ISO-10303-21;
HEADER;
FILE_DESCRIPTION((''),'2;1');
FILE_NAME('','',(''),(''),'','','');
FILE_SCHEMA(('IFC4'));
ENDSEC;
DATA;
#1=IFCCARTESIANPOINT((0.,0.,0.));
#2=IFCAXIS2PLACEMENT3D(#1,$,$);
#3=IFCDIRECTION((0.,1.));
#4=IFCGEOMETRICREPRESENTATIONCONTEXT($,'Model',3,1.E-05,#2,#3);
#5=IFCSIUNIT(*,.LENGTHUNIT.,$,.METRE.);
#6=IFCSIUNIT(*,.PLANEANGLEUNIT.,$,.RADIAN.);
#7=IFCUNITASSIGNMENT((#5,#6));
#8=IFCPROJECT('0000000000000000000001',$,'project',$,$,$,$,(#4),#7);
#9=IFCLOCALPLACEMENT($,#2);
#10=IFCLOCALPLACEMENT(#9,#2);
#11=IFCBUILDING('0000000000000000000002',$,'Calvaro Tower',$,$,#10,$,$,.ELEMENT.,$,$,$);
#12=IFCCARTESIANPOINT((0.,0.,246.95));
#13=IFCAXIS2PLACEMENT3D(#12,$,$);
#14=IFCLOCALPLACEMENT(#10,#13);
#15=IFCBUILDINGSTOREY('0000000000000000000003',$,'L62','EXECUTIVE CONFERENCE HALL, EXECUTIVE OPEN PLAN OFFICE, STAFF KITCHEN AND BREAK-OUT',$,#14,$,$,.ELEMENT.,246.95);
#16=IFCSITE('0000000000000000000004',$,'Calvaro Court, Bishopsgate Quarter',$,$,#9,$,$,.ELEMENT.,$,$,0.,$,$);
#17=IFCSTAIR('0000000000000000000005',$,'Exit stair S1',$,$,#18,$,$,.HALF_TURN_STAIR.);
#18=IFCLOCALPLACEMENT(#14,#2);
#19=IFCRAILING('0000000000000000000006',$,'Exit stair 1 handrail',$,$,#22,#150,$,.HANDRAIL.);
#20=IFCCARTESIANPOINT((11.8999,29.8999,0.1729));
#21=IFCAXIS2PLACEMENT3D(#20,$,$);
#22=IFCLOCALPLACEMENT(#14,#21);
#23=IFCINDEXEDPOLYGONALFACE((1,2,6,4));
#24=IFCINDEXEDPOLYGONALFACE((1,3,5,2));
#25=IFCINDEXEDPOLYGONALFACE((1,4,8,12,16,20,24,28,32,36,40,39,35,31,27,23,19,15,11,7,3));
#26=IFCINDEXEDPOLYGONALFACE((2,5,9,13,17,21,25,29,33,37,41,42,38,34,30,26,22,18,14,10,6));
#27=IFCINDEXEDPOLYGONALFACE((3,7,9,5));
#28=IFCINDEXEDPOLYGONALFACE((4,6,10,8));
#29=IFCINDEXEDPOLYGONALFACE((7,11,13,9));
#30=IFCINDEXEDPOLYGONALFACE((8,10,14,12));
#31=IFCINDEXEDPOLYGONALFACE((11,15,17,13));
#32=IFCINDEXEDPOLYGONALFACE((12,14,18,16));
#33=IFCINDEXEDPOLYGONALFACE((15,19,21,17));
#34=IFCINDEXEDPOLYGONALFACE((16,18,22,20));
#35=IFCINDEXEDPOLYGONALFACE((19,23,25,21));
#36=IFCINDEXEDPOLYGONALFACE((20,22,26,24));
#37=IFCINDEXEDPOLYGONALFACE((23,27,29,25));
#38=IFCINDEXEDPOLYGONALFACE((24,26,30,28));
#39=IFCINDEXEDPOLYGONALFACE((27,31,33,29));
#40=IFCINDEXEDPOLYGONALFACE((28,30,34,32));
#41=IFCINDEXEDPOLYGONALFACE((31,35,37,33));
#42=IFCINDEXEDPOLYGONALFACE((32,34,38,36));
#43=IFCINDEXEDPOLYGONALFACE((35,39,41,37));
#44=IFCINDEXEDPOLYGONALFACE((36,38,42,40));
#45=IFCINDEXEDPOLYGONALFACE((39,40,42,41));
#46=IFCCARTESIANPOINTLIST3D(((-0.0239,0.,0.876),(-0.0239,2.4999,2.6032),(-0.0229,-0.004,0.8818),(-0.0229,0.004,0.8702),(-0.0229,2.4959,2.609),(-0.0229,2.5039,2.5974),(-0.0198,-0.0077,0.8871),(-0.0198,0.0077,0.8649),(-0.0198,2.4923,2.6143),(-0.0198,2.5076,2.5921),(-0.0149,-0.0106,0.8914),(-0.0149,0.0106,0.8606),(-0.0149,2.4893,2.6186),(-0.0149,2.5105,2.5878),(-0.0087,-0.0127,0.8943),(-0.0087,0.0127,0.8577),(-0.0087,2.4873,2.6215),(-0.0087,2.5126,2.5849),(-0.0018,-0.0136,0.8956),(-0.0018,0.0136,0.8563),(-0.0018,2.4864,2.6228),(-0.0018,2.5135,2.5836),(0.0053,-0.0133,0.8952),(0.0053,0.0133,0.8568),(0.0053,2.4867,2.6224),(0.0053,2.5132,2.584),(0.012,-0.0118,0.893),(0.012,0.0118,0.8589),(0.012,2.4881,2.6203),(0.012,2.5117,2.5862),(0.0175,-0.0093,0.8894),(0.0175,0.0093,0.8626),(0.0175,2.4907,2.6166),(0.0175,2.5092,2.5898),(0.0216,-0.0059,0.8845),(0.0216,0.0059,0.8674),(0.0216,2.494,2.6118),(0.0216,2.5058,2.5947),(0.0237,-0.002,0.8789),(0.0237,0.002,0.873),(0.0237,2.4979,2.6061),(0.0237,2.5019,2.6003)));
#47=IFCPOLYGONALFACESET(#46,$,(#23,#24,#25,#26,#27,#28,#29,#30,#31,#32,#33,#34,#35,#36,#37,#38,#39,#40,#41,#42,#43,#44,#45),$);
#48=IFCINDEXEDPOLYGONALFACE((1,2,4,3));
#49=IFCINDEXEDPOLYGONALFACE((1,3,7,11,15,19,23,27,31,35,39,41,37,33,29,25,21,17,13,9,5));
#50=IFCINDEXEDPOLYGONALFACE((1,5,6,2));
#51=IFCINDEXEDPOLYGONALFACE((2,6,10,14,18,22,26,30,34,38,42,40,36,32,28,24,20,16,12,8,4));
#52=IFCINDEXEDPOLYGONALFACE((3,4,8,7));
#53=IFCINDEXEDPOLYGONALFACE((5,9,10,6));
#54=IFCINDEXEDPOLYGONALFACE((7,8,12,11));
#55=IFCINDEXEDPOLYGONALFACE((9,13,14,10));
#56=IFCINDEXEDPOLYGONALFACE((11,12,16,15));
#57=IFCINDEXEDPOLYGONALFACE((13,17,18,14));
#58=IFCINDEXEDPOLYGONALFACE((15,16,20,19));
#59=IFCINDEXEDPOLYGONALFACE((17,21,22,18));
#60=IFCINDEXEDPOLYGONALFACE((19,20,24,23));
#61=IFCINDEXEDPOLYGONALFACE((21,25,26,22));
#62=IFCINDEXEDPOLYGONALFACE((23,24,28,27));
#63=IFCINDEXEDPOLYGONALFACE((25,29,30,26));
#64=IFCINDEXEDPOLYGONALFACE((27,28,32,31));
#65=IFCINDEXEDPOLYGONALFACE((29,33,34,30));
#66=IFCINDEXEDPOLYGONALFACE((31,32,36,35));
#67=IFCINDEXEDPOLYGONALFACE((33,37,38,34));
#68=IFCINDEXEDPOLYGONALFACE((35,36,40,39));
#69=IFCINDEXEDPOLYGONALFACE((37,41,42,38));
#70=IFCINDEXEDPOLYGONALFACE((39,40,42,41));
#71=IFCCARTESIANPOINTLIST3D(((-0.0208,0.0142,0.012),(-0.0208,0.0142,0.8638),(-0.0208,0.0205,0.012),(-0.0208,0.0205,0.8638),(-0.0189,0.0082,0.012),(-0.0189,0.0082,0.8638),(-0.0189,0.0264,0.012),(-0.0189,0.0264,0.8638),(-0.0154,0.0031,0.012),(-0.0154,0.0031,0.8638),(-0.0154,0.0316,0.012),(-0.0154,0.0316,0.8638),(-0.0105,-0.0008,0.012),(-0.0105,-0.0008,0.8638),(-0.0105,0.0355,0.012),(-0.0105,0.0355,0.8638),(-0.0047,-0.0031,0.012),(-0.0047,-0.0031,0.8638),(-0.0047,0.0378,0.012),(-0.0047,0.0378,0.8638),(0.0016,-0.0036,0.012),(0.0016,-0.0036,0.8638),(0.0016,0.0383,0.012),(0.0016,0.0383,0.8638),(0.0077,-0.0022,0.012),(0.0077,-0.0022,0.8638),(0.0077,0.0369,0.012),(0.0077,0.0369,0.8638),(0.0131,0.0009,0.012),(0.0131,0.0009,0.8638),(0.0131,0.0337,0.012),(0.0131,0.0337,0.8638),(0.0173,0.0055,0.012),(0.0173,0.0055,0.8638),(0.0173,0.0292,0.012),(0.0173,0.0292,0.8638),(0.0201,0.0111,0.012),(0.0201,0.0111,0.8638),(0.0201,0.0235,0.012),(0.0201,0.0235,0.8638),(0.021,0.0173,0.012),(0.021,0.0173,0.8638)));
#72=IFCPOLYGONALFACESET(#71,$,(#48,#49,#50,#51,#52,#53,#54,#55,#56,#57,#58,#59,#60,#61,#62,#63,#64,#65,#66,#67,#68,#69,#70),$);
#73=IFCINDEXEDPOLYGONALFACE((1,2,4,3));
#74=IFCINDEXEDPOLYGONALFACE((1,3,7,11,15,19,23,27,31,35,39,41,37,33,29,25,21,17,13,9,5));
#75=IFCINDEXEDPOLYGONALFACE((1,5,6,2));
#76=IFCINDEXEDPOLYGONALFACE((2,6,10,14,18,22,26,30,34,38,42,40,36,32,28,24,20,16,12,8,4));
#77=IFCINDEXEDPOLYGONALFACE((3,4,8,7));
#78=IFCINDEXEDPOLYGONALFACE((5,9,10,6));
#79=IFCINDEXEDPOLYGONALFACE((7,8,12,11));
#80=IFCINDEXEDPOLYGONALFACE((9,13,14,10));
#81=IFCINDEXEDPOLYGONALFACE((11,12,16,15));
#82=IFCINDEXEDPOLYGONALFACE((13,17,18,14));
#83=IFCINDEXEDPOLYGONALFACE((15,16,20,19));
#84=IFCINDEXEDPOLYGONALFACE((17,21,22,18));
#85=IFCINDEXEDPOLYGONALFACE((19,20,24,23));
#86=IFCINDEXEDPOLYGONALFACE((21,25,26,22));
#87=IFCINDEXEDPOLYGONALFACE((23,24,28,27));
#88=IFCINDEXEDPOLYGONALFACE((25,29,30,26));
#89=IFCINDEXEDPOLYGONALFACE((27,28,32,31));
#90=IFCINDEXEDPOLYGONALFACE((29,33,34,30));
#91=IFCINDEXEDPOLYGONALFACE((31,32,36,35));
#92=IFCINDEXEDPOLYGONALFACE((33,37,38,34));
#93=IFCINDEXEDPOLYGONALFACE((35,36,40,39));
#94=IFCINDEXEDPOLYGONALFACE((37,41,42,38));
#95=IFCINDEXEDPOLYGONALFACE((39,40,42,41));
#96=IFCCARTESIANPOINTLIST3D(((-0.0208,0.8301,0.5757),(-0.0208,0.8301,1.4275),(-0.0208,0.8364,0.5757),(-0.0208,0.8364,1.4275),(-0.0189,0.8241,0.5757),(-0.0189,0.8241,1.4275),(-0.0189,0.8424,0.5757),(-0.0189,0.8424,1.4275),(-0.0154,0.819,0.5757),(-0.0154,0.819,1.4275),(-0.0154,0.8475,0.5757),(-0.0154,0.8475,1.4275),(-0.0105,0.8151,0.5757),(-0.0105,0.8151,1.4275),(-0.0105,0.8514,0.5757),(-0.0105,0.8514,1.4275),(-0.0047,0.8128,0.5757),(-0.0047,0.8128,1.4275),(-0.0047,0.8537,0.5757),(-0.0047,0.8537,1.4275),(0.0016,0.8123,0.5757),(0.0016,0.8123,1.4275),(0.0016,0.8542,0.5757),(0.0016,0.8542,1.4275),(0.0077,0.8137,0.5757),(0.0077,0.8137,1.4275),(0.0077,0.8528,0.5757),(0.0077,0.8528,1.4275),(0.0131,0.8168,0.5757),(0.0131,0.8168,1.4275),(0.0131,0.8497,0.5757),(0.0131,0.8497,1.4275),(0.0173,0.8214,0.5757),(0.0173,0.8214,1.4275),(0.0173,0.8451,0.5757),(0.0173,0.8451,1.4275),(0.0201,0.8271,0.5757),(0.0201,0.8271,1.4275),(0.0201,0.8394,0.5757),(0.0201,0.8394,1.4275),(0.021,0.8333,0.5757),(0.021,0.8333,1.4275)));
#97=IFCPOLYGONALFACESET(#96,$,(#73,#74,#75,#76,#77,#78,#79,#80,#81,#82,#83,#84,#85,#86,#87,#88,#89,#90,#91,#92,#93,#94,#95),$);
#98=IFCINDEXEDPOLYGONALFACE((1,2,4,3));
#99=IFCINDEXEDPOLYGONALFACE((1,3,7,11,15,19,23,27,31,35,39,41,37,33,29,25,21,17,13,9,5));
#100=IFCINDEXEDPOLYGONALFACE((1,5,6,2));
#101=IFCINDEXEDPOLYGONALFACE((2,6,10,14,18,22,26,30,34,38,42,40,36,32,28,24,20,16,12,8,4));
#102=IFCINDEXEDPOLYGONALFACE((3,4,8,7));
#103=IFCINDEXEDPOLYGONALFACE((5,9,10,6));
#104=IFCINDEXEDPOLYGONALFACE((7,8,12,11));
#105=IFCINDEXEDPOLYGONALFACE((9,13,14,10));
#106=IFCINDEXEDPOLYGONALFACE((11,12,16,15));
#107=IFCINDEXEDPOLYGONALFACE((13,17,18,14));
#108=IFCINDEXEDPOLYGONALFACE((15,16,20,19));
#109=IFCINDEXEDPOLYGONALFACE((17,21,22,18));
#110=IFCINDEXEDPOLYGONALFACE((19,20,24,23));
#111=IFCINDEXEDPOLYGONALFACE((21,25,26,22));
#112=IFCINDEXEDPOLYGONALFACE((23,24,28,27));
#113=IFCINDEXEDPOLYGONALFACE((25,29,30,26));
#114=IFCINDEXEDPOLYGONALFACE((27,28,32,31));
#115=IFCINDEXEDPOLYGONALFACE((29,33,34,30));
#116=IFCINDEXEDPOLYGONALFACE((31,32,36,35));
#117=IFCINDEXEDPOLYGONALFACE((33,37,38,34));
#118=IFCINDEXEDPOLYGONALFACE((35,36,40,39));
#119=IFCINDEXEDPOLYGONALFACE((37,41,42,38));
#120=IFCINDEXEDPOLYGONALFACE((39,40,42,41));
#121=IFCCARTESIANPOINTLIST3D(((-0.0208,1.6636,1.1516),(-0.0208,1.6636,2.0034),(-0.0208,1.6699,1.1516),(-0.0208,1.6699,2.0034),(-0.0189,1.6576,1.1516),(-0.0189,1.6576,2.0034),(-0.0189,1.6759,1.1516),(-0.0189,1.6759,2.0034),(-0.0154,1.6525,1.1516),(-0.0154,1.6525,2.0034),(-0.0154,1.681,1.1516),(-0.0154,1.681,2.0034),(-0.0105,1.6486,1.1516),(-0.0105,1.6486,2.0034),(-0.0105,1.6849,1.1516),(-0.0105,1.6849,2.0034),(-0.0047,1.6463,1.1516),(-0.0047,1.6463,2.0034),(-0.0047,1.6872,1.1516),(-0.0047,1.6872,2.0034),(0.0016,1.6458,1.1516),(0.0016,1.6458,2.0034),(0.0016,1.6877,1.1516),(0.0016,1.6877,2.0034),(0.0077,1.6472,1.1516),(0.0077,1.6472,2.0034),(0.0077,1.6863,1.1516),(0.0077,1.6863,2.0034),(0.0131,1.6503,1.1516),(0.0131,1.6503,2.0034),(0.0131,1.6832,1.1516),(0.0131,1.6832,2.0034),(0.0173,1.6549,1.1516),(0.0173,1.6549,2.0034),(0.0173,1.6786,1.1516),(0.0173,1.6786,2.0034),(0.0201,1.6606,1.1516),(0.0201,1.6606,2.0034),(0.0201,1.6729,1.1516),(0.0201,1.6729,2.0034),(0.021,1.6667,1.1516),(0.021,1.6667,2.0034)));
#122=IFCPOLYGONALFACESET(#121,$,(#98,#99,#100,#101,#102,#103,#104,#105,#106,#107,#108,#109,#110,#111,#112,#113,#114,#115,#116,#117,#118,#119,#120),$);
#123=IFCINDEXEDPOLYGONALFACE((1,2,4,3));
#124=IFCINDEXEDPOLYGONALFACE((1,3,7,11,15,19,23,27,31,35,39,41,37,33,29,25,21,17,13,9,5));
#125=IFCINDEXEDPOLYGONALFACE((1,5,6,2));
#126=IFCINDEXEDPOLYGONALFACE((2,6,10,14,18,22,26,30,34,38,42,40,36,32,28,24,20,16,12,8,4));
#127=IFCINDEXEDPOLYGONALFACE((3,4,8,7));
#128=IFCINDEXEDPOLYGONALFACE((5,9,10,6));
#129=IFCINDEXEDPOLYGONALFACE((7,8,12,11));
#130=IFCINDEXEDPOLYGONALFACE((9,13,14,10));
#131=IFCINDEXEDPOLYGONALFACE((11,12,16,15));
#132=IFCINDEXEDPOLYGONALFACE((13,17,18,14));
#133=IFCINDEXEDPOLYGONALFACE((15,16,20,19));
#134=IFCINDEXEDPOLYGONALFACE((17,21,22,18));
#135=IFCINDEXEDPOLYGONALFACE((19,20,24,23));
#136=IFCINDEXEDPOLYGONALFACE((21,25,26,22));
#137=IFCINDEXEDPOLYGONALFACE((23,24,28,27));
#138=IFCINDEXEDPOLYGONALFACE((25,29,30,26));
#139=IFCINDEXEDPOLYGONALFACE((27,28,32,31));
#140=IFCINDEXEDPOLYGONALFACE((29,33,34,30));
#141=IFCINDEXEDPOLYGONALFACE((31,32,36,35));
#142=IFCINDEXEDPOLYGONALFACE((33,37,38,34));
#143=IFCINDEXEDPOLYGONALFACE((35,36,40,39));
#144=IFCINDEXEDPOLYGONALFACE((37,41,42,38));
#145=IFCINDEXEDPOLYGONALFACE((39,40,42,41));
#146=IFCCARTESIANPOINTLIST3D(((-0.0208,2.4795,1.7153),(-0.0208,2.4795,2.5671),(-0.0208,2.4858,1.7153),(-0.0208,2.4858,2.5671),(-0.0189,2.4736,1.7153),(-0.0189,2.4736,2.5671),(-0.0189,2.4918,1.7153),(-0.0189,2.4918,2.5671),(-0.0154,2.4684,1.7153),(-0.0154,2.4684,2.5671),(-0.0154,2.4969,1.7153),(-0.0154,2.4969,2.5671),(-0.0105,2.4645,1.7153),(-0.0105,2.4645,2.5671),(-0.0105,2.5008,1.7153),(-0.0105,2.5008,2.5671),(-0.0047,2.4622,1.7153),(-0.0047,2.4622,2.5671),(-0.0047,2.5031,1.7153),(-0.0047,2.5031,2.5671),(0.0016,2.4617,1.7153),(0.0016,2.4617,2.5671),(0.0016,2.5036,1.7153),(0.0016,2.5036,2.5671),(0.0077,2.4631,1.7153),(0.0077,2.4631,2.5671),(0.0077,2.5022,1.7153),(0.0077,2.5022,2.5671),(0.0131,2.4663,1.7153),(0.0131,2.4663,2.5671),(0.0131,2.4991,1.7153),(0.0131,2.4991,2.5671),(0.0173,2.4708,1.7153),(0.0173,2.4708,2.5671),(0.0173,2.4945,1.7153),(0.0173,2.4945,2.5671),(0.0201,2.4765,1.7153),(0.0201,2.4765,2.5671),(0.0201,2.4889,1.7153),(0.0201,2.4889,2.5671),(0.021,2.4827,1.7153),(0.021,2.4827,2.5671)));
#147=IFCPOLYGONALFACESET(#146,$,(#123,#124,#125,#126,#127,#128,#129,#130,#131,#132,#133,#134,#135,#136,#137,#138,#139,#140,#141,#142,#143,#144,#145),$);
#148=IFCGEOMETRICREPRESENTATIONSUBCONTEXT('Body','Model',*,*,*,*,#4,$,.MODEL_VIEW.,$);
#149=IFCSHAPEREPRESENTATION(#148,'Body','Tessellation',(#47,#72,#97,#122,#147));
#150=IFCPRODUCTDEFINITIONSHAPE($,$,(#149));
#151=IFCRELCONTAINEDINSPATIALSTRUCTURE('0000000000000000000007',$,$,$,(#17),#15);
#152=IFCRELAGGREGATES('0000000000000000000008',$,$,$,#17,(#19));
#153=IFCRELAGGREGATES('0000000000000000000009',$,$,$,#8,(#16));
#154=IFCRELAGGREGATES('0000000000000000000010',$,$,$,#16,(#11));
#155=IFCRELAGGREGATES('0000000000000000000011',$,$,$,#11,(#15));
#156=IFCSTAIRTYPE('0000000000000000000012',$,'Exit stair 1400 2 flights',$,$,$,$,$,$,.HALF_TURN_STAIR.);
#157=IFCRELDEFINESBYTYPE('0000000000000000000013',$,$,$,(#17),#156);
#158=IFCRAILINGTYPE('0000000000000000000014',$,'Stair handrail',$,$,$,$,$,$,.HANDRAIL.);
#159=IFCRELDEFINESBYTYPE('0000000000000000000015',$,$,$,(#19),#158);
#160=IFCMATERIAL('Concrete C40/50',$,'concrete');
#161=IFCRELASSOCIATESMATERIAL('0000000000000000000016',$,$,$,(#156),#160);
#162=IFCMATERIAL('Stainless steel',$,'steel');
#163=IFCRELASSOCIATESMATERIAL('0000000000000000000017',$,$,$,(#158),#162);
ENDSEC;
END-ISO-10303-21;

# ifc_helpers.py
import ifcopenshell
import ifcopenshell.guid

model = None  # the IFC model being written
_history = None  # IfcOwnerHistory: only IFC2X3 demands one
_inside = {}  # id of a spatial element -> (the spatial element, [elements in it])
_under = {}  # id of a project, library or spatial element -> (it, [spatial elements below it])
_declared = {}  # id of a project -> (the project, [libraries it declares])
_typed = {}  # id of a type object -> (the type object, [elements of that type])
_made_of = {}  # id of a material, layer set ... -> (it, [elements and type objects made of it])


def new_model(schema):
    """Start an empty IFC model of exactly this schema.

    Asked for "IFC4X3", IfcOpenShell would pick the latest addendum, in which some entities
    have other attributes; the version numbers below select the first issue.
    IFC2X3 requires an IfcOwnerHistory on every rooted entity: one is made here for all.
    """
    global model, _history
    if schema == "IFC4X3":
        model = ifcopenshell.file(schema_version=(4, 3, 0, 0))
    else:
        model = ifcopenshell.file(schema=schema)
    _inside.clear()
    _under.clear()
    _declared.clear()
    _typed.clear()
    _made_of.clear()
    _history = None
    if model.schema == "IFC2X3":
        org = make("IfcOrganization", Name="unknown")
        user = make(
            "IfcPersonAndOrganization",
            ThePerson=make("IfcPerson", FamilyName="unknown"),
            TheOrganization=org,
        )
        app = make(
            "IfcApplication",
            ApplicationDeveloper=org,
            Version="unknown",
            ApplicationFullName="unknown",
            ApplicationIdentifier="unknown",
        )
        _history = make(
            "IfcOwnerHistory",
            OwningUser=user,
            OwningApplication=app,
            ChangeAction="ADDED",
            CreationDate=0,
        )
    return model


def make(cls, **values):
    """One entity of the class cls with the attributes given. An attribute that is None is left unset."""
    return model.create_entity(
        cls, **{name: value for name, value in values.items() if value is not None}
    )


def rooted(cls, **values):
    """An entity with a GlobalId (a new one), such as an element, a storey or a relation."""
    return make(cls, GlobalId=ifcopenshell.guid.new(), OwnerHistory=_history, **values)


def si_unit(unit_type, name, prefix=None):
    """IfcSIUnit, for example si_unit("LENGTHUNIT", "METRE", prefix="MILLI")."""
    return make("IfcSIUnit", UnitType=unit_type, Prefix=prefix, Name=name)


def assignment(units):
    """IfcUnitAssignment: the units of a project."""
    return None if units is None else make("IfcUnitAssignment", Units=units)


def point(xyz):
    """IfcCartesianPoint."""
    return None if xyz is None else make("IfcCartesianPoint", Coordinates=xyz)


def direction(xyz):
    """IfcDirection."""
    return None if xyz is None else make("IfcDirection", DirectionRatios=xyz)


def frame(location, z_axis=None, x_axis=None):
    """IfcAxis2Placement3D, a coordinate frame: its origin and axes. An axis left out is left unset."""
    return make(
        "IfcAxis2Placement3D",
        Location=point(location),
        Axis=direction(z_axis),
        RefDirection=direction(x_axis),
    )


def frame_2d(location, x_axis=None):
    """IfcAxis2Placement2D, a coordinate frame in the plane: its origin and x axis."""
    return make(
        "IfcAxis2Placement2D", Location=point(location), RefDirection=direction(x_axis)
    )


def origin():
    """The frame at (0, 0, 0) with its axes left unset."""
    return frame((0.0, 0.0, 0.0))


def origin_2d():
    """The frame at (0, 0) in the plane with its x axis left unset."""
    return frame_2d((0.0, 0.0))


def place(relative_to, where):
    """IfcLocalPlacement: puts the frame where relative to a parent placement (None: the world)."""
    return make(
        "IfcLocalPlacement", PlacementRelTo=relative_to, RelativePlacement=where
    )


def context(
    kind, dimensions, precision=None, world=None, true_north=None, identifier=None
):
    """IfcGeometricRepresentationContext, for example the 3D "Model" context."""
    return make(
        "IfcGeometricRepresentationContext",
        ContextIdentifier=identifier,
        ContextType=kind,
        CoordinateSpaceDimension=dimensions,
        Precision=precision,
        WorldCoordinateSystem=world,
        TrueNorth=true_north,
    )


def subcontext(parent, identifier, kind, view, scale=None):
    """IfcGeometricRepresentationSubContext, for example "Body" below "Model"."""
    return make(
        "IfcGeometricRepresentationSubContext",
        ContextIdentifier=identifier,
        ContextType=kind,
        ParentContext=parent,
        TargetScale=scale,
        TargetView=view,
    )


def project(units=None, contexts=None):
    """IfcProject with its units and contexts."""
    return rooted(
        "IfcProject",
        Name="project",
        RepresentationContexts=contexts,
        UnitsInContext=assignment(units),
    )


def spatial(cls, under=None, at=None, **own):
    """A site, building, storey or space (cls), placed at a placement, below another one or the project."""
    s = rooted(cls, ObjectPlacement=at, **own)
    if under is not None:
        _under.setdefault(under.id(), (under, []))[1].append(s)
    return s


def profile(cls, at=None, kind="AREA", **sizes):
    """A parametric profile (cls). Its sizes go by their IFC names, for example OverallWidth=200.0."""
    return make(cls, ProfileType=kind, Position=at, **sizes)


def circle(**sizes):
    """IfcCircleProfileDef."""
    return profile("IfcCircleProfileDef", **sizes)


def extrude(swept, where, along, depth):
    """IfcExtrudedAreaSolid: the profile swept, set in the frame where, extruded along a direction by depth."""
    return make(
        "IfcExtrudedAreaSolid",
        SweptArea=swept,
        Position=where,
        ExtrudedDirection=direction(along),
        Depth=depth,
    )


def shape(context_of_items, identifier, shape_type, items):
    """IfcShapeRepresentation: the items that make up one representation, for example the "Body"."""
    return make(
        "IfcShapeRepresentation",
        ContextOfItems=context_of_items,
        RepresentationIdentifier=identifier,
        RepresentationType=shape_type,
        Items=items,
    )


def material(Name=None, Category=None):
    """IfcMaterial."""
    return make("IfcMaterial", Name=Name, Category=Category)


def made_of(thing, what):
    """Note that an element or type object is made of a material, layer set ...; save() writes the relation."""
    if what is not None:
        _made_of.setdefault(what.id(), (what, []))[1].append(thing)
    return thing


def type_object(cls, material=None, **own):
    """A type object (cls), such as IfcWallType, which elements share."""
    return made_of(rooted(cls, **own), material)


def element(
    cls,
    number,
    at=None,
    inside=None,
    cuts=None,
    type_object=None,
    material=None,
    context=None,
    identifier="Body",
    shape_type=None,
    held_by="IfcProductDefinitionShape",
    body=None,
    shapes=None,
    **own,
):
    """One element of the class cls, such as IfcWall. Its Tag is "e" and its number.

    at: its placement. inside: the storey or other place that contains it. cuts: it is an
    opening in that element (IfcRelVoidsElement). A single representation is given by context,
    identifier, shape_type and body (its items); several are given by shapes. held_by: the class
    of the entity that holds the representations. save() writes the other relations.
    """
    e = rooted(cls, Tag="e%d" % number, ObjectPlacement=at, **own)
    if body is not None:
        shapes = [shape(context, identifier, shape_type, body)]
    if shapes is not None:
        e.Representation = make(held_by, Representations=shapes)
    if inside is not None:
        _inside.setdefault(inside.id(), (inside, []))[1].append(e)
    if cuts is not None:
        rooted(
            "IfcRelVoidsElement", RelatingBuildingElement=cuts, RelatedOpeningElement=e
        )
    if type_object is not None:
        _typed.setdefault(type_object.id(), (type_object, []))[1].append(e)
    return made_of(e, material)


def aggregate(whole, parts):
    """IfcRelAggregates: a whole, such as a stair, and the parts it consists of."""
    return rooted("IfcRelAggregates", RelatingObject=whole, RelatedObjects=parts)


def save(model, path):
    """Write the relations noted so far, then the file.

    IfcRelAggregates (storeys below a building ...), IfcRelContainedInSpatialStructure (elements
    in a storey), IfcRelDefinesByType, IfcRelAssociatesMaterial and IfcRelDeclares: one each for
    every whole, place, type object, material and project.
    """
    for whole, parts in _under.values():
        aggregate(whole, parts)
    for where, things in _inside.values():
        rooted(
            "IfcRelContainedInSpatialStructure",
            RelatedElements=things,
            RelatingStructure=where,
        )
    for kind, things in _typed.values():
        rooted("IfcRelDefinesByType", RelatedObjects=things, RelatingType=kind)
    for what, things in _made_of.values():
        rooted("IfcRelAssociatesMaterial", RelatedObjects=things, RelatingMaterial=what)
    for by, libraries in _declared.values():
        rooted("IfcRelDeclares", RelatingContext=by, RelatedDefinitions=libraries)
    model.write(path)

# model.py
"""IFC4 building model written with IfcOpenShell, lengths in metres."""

from ifc_helpers import new_model, si_unit, direction, frame, origin, origin_2d, place, context, subcontext, project, spatial, circle, extrude, material, type_object, element, aggregate, save


model = new_model("IFC4")

# Units and contexts
model_context = context("Model", 3, precision=1e-05, world=origin(), true_north=direction((0.0, 1.0)))
body_context = subcontext(model_context, "Body", "Model", "MODEL_VIEW")
ifc_project = project(units=[si_unit("LENGTHUNIT", "METRE"), si_unit("PLANEANGLEUNIT", "RADIAN")], contexts=[model_context])

# Site, building, storey
site_placement = place(None, origin())
site = spatial("IfcSite", under=ifc_project, at=site_placement, Name="Calvaro Court, Bishopsgate Quarter", CompositionType="ELEMENT", RefElevation=0.0)
building_placement = place(site_placement, origin())
building = spatial("IfcBuilding", under=site, at=building_placement, Name="Calvaro Tower", CompositionType="ELEMENT")
storey_placement = place(building_placement, frame((0.0, 0.0, 246.95)))
storey = spatial("IfcBuildingStorey", under=building, at=storey_placement, Name="L62", Description="EXECUTIVE CONFERENCE HALL, EXECUTIVE OPEN PLAN OFFICE, STAFF KITCHEN AND BREAK-OUT", CompositionType="ELEMENT", Elevation=246.95)

# Stair, railing
ifc_material_1 = material(Name="Concrete C40/50", Category="concrete")
stair_type = type_object("IfcStairType", Name="Exit stair 1400 2 flights", PredefinedType="HALF_TURN_STAIR", material=ifc_material_1)
stair_placement = place(storey_placement, origin())
stair = element("IfcStair", 1, at=stair_placement, inside=storey, type_object=stair_type, Name="Exit stair S1", PredefinedType="HALF_TURN_STAIR")
ifc_material_2 = material(Name="Stainless steel", Category="steel")
railing_type = type_object("IfcRailingType", Name="Stair handrail", PredefinedType="HANDRAIL", material=ifc_material_2)
railing_1_placement = place(storey_placement, frame((11.8999, 29.8999, 0.1729)))
railing_1 = element("IfcRailing", 2, at=railing_1_placement, type_object=railing_type, Name="Exit stair 1 handrail", PredefinedType="HANDRAIL", context=body_context, shape_type="SweptSolid", body=[
    extrude(circle(Radius=0.0239, at=origin_2d()), frame((0.0, 0.0, 0.876), z_axis=(0.0, 0.822727, 0.568437), x_axis=(-1.0, 0.0, 0.0)), (0.0, 0.0, 1.0), 3.0386),
    extrude(circle(Radius=0.021, at=origin_2d()), frame((0.0, 0.0173, 0.012)), (0.0, 0.0, 1.0), 0.8518),
    extrude(circle(Radius=0.021, at=origin_2d()), frame((0.0, 0.8333, 0.5757)), (0.0, 0.0, 1.0), 0.8518),
    extrude(circle(Radius=0.021, at=origin_2d()), frame((0.0, 1.6667, 1.1516)), (0.0, 0.0, 1.0), 0.8518),
    extrude(circle(Radius=0.021, at=origin_2d()), frame((0.0, 2.4827, 1.7153)), (0.0, 0.0, 1.0), 0.8518),
])
aggregate(stair, [railing_1])

save(model, "model.ifc")
